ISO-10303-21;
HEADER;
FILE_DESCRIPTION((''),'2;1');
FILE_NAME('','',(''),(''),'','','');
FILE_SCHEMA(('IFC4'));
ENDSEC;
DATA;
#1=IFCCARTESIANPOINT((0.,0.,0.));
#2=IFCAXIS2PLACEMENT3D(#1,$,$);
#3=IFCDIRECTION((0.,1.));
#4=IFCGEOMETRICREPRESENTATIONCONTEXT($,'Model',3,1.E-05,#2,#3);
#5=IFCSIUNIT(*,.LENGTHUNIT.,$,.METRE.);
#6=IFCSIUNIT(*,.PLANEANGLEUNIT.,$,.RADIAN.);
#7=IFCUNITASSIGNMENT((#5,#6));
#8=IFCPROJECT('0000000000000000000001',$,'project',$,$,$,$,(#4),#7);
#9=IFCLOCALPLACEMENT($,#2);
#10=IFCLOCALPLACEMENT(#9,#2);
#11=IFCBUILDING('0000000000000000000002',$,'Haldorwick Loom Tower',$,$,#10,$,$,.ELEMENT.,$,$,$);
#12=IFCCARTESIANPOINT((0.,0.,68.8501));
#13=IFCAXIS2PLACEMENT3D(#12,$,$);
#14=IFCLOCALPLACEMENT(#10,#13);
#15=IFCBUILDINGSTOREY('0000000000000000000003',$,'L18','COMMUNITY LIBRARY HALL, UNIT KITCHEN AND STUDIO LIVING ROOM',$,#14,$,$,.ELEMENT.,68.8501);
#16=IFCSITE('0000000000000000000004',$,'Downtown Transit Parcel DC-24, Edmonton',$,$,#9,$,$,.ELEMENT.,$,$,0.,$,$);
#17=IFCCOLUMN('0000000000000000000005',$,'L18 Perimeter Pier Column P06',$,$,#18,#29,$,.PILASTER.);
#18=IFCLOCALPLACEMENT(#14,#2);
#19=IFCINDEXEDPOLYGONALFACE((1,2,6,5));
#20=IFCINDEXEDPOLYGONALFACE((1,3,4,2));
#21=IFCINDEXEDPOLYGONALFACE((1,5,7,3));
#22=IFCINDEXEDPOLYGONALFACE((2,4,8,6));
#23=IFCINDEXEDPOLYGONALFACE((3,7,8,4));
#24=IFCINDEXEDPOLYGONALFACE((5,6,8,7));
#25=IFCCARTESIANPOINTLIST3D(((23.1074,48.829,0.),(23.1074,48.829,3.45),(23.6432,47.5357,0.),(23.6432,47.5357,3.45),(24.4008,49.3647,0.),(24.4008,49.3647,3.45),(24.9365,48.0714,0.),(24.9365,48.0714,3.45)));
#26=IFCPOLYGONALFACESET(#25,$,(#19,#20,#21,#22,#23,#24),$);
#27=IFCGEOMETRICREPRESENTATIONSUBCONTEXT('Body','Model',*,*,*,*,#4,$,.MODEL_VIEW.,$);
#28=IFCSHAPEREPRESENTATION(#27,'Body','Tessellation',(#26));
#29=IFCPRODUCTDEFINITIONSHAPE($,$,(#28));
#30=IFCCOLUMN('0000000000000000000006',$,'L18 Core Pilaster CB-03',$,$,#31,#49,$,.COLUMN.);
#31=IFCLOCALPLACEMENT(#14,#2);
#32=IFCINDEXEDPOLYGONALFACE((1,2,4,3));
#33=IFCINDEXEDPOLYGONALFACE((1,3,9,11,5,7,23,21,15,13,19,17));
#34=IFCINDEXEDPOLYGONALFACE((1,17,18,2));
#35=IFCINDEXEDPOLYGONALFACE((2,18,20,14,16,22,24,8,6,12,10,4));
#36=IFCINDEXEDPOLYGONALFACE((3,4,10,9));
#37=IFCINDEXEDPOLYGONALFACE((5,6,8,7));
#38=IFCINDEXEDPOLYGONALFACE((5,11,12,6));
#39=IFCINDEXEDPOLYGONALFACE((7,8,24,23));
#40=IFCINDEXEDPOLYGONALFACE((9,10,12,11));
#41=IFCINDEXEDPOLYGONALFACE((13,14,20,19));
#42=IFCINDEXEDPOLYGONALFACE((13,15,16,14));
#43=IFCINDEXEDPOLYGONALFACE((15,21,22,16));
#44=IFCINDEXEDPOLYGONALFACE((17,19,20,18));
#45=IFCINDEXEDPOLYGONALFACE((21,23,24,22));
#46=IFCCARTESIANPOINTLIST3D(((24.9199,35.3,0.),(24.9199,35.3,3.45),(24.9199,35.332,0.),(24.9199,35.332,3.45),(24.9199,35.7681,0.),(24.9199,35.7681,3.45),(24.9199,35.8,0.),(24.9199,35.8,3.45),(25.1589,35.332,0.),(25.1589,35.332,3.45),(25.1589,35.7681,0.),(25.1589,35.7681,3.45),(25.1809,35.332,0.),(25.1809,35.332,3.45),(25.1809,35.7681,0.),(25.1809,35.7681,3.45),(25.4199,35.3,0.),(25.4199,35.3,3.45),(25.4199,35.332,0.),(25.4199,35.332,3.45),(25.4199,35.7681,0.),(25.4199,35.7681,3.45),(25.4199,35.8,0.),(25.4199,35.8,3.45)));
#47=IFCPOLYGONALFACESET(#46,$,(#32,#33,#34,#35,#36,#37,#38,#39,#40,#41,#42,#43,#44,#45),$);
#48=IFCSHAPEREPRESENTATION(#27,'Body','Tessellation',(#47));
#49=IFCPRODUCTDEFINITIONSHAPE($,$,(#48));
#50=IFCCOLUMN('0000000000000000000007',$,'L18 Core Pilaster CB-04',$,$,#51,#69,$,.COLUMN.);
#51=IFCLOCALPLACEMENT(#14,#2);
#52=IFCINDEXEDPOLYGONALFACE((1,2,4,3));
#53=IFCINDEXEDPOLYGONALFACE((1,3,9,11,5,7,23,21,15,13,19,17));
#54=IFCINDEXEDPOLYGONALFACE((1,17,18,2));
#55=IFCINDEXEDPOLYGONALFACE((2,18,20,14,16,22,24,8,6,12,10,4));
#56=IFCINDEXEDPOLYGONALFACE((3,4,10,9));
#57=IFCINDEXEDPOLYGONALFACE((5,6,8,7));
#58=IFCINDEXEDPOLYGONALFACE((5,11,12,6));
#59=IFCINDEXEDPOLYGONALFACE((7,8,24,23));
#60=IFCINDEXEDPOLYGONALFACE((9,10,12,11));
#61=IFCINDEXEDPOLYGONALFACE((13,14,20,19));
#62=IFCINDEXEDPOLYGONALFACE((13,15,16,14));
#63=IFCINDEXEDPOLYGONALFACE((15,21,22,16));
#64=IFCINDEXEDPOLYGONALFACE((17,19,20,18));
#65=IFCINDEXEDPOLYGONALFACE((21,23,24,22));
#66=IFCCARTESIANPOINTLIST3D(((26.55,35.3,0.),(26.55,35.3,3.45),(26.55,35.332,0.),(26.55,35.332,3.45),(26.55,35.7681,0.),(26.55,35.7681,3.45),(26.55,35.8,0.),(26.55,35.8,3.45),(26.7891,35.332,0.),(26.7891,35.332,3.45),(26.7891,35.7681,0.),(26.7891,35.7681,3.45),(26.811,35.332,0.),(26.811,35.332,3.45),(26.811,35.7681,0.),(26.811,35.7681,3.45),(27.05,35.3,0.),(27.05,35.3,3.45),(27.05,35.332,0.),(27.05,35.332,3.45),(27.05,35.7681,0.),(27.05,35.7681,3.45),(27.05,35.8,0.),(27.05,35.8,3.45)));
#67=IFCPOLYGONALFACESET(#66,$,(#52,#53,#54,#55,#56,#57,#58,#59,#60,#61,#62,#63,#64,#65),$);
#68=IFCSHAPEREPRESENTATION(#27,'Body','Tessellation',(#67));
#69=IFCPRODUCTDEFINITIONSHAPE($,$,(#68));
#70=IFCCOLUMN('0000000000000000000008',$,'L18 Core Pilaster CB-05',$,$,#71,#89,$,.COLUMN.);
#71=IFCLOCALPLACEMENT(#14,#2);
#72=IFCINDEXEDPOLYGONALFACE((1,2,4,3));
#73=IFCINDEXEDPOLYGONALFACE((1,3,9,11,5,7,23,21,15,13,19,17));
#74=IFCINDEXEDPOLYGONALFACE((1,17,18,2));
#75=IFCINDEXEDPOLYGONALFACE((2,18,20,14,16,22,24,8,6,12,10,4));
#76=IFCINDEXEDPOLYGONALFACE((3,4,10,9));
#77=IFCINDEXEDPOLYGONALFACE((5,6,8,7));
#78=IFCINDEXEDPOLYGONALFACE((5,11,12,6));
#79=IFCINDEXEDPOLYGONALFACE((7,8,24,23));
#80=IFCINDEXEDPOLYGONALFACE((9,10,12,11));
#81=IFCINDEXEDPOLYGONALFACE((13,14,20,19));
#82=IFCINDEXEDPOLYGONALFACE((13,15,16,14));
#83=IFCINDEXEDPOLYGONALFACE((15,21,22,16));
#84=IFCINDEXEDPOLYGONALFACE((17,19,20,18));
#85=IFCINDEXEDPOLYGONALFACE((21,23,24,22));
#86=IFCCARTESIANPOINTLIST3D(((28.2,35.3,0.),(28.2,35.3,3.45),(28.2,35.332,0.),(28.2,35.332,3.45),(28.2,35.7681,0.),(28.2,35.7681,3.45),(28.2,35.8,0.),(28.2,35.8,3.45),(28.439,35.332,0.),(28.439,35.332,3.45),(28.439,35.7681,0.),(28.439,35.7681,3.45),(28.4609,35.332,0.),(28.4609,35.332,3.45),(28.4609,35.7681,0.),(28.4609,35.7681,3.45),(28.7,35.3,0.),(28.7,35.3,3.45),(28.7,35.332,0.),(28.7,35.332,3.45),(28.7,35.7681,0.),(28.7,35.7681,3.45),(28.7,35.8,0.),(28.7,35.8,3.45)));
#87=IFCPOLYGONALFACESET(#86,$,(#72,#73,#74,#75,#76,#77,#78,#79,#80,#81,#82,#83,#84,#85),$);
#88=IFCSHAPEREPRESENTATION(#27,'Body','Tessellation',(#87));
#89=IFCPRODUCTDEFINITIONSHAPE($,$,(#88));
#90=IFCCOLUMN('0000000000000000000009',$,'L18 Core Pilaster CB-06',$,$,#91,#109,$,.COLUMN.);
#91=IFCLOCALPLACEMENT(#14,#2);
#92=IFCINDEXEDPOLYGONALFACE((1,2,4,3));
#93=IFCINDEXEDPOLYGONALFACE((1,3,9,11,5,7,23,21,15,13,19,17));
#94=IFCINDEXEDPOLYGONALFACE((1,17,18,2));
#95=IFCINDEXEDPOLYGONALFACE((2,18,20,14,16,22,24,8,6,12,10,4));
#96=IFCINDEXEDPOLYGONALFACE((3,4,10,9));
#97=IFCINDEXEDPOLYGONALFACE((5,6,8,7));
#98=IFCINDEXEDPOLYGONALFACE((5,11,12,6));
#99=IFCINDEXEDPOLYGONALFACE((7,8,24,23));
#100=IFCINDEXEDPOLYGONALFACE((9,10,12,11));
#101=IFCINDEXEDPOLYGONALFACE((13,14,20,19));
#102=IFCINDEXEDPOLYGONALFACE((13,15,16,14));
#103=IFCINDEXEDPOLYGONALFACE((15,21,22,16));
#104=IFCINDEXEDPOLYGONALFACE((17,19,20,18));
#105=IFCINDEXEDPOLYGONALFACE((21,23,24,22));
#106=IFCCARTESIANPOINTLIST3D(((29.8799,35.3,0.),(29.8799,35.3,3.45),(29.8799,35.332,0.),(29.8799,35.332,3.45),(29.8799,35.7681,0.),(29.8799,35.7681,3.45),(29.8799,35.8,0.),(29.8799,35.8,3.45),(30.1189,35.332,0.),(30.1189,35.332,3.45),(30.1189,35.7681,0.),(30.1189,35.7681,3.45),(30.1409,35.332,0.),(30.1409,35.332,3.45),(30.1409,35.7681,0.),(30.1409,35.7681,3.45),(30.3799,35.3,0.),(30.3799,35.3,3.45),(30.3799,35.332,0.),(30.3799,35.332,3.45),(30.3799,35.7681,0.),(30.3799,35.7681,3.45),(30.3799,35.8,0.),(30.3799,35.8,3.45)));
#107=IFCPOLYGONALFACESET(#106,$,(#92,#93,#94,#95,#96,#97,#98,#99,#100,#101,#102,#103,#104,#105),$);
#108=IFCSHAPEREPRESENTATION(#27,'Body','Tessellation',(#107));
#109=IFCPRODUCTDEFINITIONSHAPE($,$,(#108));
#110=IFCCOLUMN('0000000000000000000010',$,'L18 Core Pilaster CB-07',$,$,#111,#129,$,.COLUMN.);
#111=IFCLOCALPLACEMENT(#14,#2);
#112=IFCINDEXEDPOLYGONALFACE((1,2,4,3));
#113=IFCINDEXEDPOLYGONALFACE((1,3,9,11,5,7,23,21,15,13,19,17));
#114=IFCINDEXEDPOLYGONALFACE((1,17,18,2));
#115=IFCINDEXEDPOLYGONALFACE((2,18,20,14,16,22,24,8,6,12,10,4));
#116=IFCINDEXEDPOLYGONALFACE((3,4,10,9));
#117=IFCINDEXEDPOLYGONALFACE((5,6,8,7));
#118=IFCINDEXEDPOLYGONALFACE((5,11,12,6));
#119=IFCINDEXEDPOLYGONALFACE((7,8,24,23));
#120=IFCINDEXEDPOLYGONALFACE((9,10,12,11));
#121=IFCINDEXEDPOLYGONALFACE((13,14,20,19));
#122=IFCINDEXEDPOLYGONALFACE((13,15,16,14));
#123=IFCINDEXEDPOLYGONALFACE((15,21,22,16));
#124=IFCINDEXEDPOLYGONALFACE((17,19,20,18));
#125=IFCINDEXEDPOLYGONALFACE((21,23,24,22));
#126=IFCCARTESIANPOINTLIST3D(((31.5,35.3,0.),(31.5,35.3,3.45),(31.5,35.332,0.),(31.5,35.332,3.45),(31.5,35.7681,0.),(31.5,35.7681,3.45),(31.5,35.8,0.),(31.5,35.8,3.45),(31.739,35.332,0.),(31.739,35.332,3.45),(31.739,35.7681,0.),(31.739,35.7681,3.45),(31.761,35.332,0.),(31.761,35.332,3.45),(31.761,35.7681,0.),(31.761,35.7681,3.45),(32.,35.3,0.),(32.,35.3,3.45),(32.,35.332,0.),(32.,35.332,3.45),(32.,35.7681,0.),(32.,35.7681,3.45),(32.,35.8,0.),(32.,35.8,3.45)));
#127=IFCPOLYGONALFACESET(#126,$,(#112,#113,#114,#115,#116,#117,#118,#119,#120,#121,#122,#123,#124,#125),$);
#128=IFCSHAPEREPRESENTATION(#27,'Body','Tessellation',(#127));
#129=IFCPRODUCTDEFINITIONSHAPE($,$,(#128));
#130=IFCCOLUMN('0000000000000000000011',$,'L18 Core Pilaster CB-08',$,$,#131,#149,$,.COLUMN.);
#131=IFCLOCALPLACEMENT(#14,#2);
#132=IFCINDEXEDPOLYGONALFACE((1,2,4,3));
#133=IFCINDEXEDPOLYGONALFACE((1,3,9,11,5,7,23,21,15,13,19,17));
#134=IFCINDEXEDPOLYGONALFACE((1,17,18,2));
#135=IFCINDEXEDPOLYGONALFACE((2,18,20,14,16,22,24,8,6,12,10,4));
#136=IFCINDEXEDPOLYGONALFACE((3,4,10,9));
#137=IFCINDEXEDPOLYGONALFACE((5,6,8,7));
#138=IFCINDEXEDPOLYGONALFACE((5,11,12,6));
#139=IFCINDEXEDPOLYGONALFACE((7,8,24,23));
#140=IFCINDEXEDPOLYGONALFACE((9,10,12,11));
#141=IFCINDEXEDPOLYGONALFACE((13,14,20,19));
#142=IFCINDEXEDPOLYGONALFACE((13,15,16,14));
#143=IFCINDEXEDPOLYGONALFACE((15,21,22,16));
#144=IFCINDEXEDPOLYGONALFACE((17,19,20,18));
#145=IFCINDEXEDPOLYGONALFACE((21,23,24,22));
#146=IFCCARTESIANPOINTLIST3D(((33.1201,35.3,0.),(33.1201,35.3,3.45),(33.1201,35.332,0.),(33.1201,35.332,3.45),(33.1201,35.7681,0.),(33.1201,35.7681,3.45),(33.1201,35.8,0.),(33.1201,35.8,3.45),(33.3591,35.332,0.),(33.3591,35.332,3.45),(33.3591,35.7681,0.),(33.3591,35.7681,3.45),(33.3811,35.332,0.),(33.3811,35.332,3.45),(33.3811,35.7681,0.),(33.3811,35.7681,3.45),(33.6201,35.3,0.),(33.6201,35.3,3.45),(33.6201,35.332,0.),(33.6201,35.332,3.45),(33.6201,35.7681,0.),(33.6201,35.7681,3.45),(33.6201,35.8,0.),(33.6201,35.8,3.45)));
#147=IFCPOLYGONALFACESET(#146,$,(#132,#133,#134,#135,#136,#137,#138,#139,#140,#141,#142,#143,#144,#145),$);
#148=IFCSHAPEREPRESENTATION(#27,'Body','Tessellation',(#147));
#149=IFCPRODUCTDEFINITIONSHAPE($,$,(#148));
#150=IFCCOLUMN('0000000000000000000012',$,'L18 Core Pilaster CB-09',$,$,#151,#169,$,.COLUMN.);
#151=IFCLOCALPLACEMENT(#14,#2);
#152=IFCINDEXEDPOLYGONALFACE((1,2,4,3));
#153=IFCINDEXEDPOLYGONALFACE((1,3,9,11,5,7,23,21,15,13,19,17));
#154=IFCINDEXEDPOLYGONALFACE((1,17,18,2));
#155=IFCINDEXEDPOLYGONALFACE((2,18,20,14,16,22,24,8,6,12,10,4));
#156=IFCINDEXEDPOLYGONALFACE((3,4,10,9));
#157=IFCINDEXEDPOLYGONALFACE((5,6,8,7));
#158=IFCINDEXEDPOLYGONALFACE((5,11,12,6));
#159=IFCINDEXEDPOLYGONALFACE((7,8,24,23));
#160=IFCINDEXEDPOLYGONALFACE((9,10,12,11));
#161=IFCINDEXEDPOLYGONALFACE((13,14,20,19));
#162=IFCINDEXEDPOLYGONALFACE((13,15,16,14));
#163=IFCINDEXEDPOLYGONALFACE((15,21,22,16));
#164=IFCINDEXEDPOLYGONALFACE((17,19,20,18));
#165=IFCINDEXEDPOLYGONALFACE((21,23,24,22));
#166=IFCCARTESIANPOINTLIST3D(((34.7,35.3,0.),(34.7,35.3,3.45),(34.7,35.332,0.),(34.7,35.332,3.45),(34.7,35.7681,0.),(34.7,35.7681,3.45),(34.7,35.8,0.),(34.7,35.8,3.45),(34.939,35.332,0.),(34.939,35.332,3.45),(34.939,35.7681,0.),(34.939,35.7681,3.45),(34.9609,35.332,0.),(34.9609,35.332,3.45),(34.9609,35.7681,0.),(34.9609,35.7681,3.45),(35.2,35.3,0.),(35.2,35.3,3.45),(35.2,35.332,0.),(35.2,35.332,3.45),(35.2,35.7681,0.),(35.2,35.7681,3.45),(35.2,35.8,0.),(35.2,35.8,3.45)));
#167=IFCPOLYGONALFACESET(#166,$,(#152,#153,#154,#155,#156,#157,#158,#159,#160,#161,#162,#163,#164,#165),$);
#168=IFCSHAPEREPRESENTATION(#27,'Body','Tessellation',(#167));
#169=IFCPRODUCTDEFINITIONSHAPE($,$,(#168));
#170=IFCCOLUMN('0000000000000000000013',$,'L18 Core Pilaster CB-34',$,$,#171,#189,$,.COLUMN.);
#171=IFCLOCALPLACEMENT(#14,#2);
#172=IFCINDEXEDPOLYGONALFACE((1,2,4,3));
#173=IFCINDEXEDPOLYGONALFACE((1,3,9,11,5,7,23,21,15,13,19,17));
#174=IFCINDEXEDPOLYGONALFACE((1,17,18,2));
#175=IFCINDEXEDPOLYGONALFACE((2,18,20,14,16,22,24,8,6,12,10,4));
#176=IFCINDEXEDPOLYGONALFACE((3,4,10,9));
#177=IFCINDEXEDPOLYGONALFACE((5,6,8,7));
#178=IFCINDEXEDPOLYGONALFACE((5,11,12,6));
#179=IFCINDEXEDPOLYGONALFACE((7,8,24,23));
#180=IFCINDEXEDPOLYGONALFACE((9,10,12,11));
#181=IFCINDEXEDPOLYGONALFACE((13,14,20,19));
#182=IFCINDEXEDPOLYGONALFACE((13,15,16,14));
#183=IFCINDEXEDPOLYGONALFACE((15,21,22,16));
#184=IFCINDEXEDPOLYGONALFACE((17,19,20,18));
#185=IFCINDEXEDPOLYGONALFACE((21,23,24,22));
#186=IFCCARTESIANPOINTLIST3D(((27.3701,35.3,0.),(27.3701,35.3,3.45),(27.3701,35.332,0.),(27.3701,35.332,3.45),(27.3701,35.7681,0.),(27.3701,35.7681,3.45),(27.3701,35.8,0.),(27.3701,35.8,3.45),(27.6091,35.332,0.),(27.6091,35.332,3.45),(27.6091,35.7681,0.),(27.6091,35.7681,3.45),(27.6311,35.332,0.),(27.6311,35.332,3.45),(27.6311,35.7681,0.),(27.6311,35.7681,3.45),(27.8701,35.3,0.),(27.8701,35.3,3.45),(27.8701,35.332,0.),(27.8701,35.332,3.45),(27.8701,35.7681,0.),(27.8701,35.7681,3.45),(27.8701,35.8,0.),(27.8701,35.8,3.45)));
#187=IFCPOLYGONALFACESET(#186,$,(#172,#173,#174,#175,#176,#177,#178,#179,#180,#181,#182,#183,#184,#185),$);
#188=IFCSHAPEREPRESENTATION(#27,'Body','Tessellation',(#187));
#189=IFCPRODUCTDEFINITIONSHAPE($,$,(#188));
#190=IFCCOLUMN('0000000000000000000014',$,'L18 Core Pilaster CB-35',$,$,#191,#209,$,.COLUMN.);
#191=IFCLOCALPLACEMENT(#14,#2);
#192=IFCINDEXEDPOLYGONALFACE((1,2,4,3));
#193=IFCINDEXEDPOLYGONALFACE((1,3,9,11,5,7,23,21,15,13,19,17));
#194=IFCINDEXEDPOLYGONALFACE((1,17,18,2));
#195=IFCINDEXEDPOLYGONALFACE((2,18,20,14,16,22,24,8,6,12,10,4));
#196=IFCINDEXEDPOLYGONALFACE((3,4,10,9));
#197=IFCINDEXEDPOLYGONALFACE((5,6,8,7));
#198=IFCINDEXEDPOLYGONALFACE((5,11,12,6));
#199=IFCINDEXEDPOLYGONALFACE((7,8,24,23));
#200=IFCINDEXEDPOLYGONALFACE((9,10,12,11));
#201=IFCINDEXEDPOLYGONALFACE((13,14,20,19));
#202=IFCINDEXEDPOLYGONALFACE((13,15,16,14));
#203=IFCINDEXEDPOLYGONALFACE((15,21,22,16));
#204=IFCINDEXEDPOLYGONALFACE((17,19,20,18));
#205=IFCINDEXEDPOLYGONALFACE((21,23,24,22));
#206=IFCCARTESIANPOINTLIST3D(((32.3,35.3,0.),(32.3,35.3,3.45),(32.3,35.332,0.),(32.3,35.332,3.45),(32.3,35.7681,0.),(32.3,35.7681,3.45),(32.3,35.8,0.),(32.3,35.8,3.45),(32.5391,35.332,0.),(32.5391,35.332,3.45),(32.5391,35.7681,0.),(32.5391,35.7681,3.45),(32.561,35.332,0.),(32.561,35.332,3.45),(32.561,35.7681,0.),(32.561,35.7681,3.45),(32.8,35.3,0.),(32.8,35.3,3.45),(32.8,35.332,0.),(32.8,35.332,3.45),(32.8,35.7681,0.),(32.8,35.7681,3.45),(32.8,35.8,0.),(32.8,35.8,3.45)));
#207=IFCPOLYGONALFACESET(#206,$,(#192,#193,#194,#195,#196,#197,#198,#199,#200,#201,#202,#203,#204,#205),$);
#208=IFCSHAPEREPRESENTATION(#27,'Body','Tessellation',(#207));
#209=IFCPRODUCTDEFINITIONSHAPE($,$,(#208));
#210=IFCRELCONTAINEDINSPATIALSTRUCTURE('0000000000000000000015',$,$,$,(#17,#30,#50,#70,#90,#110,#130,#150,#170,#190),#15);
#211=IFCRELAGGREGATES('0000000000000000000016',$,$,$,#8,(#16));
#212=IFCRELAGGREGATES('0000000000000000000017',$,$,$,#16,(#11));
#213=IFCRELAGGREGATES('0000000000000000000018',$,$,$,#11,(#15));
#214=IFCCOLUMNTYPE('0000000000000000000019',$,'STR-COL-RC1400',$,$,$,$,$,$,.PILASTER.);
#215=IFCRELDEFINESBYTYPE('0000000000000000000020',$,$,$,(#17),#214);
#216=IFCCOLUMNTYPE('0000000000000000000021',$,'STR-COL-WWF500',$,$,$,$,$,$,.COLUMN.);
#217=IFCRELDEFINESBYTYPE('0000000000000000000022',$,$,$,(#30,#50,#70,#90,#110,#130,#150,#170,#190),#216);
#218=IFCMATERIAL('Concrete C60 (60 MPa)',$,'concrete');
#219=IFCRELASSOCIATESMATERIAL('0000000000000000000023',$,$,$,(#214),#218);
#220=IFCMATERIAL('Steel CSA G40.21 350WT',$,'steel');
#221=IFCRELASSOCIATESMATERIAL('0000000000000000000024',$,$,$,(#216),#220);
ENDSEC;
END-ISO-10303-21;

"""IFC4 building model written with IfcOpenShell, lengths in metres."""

from ifc_helpers import new_model, si_unit, direction, frame, origin, origin_2d, place, context, subcontext, project, spatial, rectangle, i_section, extrude, material, material_profile, profile_set, type_object, element, save


model = new_model("IFC4")

# Units and contexts
model_context = context("Model", 3, precision=1e-05, world=origin(), true_north=direction((0.0, 1.0)))
body_context = subcontext(model_context, "Body", "Model", "MODEL_VIEW")
ifc_project = project(units=[si_unit("LENGTHUNIT", "METRE"), si_unit("PLANEANGLEUNIT", "RADIAN")], contexts=[model_context])

# Site, building, storey
site_placement = place(None, origin())
site = spatial("IfcSite", under=ifc_project, at=site_placement, Name="Downtown Transit Parcel DC-24, Edmonton", CompositionType="ELEMENT", RefElevation=0.0)
building_placement = place(site_placement, origin())
building = spatial("IfcBuilding", under=site, at=building_placement, Name="Haldorwick Loom Tower", CompositionType="ELEMENT")
storey_placement = place(building_placement, frame((0.0, 0.0, 68.8501)))
storey = spatial("IfcBuildingStorey", under=building, at=storey_placement, Name="L18", Description="COMMUNITY LIBRARY HALL, UNIT KITCHEN AND STUDIO LIVING ROOM", CompositionType="ELEMENT", Elevation=68.8501)

# Columns
ifc_material_1 = material(Name="Concrete C60 (60 MPa)", Category="concrete")
ifc_material_profile_1 = material_profile(ifc_material_1, rectangle(XDim=1.3999, YDim=1.3999, at=origin_2d()), Name="RC1400X1400", Category="concrete")
ifc_profile_set_1 = profile_set([ifc_material_profile_1], Name="Concrete C60 (60 MPa)")
column_type_1 = type_object("IfcColumnType", Name="STR-COL-RC1400", PredefinedType="PILASTER", material=ifc_profile_set_1)
column_placement = place(storey_placement, frame((24.022, 48.4502, 0.0), z_axis=(0.0, 0.0, 1.0), x_axis=(-0.382683, 0.92388, 0.0)))
element("IfcColumn", 1, at=column_placement, inside=storey, type_object=column_type_1, Name="L18 Perimeter Pier Column P06", PredefinedType="PILASTER", context=body_context, shape_type="SweptSolid", body=[
    extrude(rectangle(XDim=1.3999, YDim=1.3999, at=origin_2d()), origin(), (0.0, 0.0, 1.0), 3.45),
])
ifc_material_2 = material(Name="Steel CSA G40.21 350WT", Category="steel")
ifc_material_profile_2 = material_profile(ifc_material_2, i_section(OverallWidth=0.5, OverallDepth=0.5, WebThickness=0.022, FlangeThickness=0.032, at=origin_2d()), Name="WWF500X500", Category="steel")
ifc_profile_set_2 = profile_set([ifc_material_profile_2], Name="Steel CSA G40.21 350WT")
column_type_2 = type_object("IfcColumnType", Name="STR-COL-WWF500", PredefinedType="COLUMN", material=ifc_profile_set_2)
for number, where, z_axis, x_axis, name in (
    (2, (25.1699, 35.55, 0.0), (0.0, 0.0, 1.0), (1.0, 0.0, 0.0), "L18 Core Pilaster CB-03"),
    (3, (26.8, 35.55, 0.0), (0.0, 0.0, 1.0), (1.0, 0.0, 0.0), "L18 Core Pilaster CB-04"),
    (4, (28.45, 35.55, 0.0), (0.0, 0.0, 1.0), (1.0, 0.0, 0.0), "L18 Core Pilaster CB-05"),
    (5, (30.1299, 35.55, 0.0), (0.0, 0.0, 1.0), (1.0, 0.0, 0.0), "L18 Core Pilaster CB-06"),
    (6, (31.75, 35.55, 0.0), (0.0, 0.0, 1.0), (1.0, 0.0, 0.0), "L18 Core Pilaster CB-07"),
    (7, (33.3701, 35.55, 0.0), (0.0, 0.0, 1.0), (1.0, 0.0, 0.0), "L18 Core Pilaster CB-08"),
    (8, (34.95, 35.55, 0.0), (0.0, 0.0, 1.0), (1.0, 0.0, 0.0), "L18 Core Pilaster CB-09"),
    (9, (27.6201, 35.55, 0.0), (0.0, 0.0, 1.0), (1.0, 0.0, 0.0), "L18 Core Pilaster CB-34"),
    (10, (32.55, 35.55, 0.0), (0.0, 0.0, 1.0), (1.0, 0.0, 0.0), "L18 Core Pilaster CB-35"),
):
    element("IfcColumn", number, at=place(storey_placement, frame(where, z_axis=z_axis, x_axis=x_axis)), inside=storey, type_object=column_type_2, Name=name, PredefinedType="COLUMN", context=body_context, shape_type="SweptSolid", body=[
        extrude(i_section(OverallWidth=0.5, OverallDepth=0.5, WebThickness=0.022, FlangeThickness=0.032, at=origin_2d()), origin(), (0.0, 0.0, 1.0), 3.45),
    ])

save(model, "model.ifc")
